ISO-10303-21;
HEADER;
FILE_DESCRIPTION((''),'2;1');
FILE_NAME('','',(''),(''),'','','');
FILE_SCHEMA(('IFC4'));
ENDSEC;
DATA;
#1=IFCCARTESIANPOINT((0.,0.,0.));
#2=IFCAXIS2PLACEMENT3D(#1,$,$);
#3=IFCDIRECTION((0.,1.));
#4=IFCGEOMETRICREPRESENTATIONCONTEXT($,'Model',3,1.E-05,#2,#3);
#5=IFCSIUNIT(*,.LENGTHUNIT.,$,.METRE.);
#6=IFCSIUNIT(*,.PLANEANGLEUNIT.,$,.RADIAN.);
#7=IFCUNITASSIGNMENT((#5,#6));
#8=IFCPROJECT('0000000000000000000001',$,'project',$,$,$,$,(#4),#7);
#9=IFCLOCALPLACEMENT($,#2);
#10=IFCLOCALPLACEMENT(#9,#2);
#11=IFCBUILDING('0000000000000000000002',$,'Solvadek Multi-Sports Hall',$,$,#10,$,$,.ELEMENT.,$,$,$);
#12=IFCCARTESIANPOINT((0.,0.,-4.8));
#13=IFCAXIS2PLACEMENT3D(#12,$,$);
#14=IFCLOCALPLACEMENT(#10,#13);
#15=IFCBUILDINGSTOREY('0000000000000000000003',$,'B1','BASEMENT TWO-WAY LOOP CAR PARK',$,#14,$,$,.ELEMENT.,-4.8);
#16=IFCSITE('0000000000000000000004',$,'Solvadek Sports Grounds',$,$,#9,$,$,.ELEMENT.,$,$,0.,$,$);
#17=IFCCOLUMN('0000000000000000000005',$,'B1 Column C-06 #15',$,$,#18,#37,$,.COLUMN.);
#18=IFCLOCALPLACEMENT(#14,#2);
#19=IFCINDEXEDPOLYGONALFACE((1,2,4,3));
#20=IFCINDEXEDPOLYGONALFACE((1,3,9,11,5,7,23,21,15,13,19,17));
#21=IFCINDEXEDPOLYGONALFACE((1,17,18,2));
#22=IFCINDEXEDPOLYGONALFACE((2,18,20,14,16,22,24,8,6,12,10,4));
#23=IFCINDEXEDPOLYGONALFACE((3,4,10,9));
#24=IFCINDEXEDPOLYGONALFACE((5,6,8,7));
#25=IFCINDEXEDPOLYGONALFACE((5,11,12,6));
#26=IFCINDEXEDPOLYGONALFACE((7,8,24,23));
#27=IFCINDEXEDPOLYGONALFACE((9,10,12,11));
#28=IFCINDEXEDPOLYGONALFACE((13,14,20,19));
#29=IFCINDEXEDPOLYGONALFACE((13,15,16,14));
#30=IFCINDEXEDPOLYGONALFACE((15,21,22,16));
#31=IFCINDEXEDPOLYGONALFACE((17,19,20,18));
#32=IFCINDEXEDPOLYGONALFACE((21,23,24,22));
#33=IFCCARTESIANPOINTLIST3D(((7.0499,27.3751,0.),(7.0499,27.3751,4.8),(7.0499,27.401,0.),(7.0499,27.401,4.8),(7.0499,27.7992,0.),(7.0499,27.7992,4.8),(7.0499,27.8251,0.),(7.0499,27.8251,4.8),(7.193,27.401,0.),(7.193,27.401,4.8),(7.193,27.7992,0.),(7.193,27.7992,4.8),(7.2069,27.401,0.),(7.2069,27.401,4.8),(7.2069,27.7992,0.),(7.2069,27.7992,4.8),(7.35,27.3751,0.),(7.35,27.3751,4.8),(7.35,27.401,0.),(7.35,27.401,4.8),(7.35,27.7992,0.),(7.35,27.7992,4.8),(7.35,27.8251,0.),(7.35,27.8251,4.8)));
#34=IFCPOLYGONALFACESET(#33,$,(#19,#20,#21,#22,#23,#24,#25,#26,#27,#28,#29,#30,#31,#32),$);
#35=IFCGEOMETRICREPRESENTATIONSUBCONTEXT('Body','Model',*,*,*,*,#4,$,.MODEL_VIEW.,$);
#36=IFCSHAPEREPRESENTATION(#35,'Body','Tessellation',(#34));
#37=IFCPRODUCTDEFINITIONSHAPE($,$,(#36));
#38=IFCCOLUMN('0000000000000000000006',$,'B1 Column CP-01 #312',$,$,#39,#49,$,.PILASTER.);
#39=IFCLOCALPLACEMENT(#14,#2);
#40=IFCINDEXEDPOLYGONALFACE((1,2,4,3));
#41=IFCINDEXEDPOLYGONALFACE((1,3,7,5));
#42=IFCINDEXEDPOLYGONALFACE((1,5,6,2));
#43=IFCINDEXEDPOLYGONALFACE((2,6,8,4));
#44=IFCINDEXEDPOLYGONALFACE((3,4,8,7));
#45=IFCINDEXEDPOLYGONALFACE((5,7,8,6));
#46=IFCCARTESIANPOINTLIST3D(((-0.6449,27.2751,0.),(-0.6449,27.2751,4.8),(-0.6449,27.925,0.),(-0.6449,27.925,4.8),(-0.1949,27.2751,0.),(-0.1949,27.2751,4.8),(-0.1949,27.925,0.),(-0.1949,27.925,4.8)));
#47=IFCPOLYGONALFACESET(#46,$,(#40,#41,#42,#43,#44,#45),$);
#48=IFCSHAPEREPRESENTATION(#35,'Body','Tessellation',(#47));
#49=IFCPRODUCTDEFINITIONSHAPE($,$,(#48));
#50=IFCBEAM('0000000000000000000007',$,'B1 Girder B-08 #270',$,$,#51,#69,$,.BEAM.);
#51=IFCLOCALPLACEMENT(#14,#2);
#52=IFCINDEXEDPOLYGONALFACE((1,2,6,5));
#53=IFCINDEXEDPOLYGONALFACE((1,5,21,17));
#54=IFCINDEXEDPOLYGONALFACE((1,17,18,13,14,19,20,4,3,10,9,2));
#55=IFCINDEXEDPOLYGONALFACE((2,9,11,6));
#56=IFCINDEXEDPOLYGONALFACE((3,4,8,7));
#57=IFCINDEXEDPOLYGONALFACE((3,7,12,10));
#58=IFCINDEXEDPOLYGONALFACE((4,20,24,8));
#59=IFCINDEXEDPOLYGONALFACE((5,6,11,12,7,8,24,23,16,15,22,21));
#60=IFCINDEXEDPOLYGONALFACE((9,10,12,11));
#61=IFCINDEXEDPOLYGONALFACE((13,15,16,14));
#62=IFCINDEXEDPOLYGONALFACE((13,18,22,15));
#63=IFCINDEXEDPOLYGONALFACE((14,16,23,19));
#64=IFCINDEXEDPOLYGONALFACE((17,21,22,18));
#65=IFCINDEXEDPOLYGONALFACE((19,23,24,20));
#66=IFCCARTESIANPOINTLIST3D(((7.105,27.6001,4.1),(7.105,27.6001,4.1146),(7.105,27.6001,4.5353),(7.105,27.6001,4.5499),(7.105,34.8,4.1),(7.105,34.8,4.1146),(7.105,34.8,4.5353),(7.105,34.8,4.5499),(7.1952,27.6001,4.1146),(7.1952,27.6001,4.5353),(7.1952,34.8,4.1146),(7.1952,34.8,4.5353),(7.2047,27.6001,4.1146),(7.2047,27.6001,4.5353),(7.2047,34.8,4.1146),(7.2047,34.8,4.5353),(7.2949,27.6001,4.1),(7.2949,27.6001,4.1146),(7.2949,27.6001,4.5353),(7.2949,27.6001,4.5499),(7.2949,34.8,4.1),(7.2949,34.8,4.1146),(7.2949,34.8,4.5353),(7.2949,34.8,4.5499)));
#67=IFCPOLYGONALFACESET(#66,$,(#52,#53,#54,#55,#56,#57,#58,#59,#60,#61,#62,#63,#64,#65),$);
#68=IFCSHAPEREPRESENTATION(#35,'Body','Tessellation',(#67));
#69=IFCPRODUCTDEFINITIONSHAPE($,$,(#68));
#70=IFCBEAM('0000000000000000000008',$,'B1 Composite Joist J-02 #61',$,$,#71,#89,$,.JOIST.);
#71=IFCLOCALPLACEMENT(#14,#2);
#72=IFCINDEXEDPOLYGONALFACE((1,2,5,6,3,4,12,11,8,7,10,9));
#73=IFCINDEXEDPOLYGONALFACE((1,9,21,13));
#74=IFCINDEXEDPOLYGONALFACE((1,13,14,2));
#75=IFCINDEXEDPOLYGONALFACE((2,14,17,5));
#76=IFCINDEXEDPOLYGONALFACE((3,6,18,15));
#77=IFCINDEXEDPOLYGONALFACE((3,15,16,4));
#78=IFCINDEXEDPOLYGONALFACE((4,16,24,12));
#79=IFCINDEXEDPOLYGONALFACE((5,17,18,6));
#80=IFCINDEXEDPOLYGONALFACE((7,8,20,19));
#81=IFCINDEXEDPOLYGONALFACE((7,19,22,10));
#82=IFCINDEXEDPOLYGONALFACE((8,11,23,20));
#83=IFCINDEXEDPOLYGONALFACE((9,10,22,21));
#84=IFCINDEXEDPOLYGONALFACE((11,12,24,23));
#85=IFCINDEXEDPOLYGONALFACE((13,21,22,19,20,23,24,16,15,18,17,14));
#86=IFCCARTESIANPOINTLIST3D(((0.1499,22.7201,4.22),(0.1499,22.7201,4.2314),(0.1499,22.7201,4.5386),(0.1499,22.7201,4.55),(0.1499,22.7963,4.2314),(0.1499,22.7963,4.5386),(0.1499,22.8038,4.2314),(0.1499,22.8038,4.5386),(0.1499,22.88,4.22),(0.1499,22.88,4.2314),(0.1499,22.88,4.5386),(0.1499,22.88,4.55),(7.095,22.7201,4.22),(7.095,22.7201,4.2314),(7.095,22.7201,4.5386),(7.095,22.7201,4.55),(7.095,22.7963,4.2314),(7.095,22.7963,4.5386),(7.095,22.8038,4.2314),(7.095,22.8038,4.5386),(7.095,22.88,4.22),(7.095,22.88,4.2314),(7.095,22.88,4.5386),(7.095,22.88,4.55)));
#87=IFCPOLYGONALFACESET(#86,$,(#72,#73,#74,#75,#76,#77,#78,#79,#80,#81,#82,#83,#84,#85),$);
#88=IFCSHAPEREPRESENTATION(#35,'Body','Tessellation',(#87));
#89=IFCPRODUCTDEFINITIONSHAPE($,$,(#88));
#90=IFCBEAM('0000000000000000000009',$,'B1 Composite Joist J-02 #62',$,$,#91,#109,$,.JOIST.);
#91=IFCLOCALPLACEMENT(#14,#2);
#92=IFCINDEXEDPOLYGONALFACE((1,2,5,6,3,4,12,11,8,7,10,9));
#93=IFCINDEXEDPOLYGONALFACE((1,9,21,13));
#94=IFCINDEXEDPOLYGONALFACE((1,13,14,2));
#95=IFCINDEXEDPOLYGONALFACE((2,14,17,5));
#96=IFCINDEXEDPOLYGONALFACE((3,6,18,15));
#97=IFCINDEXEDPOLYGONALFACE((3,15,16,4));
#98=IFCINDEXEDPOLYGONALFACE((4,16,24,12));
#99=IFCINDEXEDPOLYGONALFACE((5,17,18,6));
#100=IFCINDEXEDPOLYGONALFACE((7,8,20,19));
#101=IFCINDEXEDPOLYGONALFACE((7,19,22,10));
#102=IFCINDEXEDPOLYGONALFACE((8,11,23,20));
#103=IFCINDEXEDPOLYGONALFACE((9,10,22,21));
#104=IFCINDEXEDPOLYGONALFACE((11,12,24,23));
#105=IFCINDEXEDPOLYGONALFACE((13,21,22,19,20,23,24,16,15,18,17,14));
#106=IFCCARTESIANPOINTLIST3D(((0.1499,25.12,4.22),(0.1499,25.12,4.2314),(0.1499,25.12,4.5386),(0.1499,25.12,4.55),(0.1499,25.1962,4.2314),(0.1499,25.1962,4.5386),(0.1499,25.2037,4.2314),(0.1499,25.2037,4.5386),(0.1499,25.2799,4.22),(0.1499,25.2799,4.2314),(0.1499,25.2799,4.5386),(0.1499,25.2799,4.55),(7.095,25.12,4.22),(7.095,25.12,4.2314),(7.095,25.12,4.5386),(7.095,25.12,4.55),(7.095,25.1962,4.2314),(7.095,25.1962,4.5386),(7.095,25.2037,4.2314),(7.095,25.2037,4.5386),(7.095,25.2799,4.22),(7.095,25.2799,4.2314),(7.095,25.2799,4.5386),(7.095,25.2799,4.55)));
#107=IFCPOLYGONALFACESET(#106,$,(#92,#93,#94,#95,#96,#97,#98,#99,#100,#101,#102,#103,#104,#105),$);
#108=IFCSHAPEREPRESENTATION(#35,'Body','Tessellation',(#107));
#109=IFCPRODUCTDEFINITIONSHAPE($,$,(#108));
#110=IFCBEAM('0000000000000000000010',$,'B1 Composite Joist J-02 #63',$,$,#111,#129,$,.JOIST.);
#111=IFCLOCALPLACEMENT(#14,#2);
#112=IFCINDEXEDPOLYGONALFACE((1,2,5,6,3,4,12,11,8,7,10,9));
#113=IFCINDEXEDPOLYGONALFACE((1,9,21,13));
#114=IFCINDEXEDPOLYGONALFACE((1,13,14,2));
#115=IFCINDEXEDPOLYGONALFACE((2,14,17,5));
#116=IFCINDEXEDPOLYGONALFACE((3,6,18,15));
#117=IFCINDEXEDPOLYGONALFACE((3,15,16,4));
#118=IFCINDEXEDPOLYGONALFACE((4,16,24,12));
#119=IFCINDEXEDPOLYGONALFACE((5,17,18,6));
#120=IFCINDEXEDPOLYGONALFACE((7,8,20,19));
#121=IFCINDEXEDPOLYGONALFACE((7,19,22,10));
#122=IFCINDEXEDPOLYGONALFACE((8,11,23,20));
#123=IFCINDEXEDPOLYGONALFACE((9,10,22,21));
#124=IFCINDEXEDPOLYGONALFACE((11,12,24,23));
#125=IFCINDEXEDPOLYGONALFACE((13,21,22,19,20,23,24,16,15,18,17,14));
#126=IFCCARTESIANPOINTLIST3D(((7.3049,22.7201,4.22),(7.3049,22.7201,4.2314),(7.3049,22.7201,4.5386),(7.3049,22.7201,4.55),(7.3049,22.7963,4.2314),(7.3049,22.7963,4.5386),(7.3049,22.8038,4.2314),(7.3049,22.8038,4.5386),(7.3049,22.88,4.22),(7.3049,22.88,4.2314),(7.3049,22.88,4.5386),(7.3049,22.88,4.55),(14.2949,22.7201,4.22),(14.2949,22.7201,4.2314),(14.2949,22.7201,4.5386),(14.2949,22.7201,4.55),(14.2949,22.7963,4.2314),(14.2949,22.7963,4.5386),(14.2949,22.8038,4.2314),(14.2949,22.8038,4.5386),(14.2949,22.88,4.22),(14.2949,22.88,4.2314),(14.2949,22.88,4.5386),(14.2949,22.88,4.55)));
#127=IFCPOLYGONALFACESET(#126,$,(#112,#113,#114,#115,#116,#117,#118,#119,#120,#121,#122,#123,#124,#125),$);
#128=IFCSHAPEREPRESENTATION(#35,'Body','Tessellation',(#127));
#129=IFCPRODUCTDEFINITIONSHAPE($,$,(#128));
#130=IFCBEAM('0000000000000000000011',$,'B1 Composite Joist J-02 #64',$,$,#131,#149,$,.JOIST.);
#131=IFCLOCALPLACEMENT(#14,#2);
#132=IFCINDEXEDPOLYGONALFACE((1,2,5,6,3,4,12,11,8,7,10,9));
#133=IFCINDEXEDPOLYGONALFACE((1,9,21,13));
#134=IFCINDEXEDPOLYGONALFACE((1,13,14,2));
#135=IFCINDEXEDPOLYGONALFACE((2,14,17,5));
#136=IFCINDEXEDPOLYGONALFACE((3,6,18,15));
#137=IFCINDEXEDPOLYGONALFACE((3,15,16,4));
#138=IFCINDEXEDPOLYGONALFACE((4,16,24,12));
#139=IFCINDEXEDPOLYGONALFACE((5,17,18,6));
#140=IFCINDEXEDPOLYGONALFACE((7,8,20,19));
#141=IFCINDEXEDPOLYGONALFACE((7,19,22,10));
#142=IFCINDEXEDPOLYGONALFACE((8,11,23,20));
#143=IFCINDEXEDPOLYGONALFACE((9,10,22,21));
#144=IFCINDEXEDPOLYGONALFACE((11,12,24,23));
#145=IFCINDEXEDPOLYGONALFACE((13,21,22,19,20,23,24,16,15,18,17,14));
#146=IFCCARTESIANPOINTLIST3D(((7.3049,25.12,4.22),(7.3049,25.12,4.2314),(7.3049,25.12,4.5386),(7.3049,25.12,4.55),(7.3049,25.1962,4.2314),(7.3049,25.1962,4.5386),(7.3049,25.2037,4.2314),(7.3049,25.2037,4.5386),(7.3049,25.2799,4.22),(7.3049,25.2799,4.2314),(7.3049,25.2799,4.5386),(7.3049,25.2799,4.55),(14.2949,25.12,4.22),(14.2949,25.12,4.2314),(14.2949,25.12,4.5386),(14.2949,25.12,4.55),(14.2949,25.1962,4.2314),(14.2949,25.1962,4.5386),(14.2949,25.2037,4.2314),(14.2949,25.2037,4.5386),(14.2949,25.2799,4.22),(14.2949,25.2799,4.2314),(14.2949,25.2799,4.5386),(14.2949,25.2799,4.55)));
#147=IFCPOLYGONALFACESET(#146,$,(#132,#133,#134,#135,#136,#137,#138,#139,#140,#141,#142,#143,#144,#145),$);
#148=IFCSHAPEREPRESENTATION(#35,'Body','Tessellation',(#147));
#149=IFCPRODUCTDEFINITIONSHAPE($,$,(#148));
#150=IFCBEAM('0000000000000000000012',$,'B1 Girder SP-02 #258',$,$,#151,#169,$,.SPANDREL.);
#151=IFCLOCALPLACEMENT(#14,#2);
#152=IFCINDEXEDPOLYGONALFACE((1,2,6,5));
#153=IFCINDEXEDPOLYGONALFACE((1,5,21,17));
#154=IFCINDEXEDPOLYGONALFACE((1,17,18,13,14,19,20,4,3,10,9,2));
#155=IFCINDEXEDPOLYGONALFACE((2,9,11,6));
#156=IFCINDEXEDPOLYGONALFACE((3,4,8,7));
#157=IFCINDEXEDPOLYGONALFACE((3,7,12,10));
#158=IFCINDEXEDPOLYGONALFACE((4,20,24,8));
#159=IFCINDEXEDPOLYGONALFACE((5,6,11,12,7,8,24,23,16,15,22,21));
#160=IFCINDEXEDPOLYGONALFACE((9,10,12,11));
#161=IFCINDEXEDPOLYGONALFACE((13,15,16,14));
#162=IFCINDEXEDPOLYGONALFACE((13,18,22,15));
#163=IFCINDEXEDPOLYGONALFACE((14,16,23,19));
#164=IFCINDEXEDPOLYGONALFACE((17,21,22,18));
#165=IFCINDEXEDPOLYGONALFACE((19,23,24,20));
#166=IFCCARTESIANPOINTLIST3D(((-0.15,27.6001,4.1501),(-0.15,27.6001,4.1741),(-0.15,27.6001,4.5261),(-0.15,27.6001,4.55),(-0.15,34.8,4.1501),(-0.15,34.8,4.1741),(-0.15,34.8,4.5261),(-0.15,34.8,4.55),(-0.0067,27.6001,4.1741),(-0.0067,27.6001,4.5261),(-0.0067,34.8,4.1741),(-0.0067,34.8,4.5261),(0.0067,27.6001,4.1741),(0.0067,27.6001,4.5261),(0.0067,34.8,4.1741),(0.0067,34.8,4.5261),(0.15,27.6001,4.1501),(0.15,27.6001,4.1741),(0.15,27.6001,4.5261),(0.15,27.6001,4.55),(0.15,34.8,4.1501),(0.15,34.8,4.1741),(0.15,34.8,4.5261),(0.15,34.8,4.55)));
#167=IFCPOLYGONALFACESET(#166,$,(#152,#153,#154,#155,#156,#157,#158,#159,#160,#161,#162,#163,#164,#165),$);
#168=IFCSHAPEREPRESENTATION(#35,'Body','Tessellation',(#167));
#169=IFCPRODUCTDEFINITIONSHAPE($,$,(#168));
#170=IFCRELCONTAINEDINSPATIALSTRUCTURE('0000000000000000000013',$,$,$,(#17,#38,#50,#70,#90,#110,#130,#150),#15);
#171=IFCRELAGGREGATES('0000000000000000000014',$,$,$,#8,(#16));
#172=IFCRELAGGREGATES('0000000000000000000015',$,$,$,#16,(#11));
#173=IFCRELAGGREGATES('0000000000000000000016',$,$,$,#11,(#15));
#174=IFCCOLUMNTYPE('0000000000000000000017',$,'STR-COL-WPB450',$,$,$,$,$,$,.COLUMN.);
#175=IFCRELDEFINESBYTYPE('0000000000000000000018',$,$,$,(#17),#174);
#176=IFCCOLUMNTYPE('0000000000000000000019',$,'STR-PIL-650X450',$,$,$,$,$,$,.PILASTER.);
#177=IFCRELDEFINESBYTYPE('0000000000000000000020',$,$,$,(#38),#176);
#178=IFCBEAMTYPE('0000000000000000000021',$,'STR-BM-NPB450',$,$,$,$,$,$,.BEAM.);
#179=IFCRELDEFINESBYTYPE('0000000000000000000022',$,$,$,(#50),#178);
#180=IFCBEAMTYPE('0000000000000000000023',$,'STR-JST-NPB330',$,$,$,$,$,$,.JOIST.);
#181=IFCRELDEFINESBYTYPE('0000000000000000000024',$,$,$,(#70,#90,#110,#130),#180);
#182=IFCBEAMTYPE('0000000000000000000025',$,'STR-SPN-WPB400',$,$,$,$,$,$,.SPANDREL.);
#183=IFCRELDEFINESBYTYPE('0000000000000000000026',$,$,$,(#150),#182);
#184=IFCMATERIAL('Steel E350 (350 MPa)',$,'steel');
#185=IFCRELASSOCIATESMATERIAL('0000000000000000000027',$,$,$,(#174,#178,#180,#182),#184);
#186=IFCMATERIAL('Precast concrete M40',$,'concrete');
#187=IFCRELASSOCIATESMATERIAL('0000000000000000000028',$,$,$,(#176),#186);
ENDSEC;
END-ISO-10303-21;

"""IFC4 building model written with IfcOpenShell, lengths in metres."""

from ifc_helpers import new_model, si_unit, direction, frame, origin, origin_2d, place, context, subcontext, project, spatial, rectangle, i_section, extrude, material, material_profile, profile_set, type_object, element, save


model = new_model("IFC4")

# Units and contexts
model_context = context("Model", 3, precision=1e-05, world=origin(), true_north=direction((0.0, 1.0)))
body_context = subcontext(model_context, "Body", "Model", "MODEL_VIEW")
ifc_project = project(units=[si_unit("LENGTHUNIT", "METRE"), si_unit("PLANEANGLEUNIT", "RADIAN")], contexts=[model_context])

# Site, building, storey
site_placement = place(None, origin())
site = spatial("IfcSite", under=ifc_project, at=site_placement, Name="Solvadek Sports Grounds", CompositionType="ELEMENT", RefElevation=0.0)
building_placement = place(site_placement, origin())
building = spatial("IfcBuilding", under=site, at=building_placement, Name="Solvadek Multi-Sports Hall", CompositionType="ELEMENT")
storey_placement = place(building_placement, frame((0.0, 0.0, -4.8)))
storey = spatial("IfcBuildingStorey", under=building, at=storey_placement, Name="B1", Description="BASEMENT TWO-WAY LOOP CAR PARK", CompositionType="ELEMENT", Elevation=-4.8)

# Columns
ifc_material_1 = material(Name="Steel E350 (350 MPa)", Category="steel")
ifc_material_profile_1 = material_profile(ifc_material_1, i_section(OverallWidth=0.3, OverallDepth=0.45, WebThickness=0.0139, FlangeThickness=0.0259, at=origin_2d()), Name="WPB 450")
ifc_profile_set_1 = profile_set([ifc_material_profile_1], Name="Steel E350 (350 MPa)")
column_type_1 = type_object("IfcColumnType", Name="STR-COL-WPB450", PredefinedType="COLUMN", material=ifc_profile_set_1)
for number, where, z_axis, x_axis, name in (
    (1, (7.2, 27.6001, 0.0), (0.0, 0.0, 1.0), (1.0, 0.0, 0.0), "B1 Column C-06 #15"),
):
    element("IfcColumn", number, at=place(storey_placement, frame(where, z_axis=z_axis, x_axis=x_axis)), inside=storey, type_object=column_type_1, Name=name, PredefinedType="COLUMN", context=body_context, shape_type="SweptSolid", body=[
        extrude(i_section(OverallWidth=0.3, OverallDepth=0.45, WebThickness=0.0139, FlangeThickness=0.0259, at=origin_2d()), origin(), (0.0, 0.0, 1.0), 4.8),
    ])
ifc_material_2 = material(Name="Precast concrete M40", Category="concrete")
ifc_material_profile_2 = material_profile(ifc_material_2, rectangle(XDim=0.45, YDim=0.6499, at=origin_2d()), Name="RC PILASTER 650x450")
ifc_profile_set_2 = profile_set([ifc_material_profile_2], Name="Precast concrete M40")
column_type_2 = type_object("IfcColumnType", Name="STR-PIL-650X450", PredefinedType="PILASTER", material=ifc_profile_set_2)
column_placement = place(storey_placement, frame((-0.4199, 27.6001, 0.0), z_axis=(0.0, 0.0, 1.0), x_axis=(1.0, 0.0, 0.0)))
element("IfcColumn", 2, at=column_placement, inside=storey, type_object=column_type_2, Name="B1 Column CP-01 #312", PredefinedType="PILASTER", context=body_context, shape_type="SweptSolid", body=[
    extrude(rectangle(XDim=0.45, YDim=0.6499, at=origin_2d()), origin(), (0.0, 0.0, 1.0), 4.8),
])

# Beams
ifc_material_profile_3 = material_profile(ifc_material_1, i_section(OverallWidth=0.1899, OverallDepth=0.45, WebThickness=0.0095, FlangeThickness=0.0146, at=origin_2d()), Name="NPB 450")
ifc_profile_set_3 = profile_set([ifc_material_profile_3], Name="Steel E350 (350 MPa)")
beam_type_1 = type_object("IfcBeamType", Name="STR-BM-NPB450", PredefinedType="BEAM", material=ifc_profile_set_3)
beam_1_placement = place(storey_placement, frame((7.2, 27.6001, 4.325), z_axis=(0.0, 1.0, 0.0), x_axis=(-1.0, 0.0, 0.0)))
element("IfcBeam", 3, at=beam_1_placement, inside=storey, type_object=beam_type_1, Name="B1 Girder B-08 #270", PredefinedType="BEAM", context=body_context, shape_type="SweptSolid", body=[
    extrude(i_section(OverallWidth=0.1899, OverallDepth=0.45, WebThickness=0.0095, FlangeThickness=0.0146, at=origin_2d()), origin(), (0.0, 0.0, 1.0), 7.2),
])
ifc_material_profile_4 = material_profile(ifc_material_1, i_section(OverallWidth=0.1599, OverallDepth=0.3301, WebThickness=0.0076, FlangeThickness=0.0115, at=origin_2d()), Name="NPB 330")
ifc_profile_set_4 = profile_set([ifc_material_profile_4], Name="Steel E350 (350 MPa)")
beam_type_2 = type_object("IfcBeamType", Name="STR-JST-NPB330", PredefinedType="JOIST", material=ifc_profile_set_4)
for number, where, z_axis, x_axis, name in (
    (4, (0.1499, 22.8, 4.385), (1.0, 0.0, 0.0), (0.0, 1.0, 0.0), "B1 Composite Joist J-02 #61"),
    (5, (0.1499, 25.2, 4.385), (1.0, 0.0, 0.0), (0.0, 1.0, 0.0), "B1 Composite Joist J-02 #62"),
):
    element("IfcBeam", number, at=place(storey_placement, frame(where, z_axis=z_axis, x_axis=x_axis)), inside=storey, type_object=beam_type_2, Name=name, PredefinedType="JOIST", context=body_context, shape_type="SweptSolid", body=[
        extrude(i_section(OverallWidth=0.1599, OverallDepth=0.3301, WebThickness=0.0076, FlangeThickness=0.0115, at=origin_2d()), origin(), (0.0, 0.0, 1.0), 6.9451),
    ])
for number, where, z_axis, x_axis, name in (
    (6, (7.3049, 22.8, 4.385), (1.0, 0.0, 0.0), (0.0, 1.0, 0.0), "B1 Composite Joist J-02 #63"),
    (7, (7.3049, 25.2, 4.385), (1.0, 0.0, 0.0), (0.0, 1.0, 0.0), "B1 Composite Joist J-02 #64"),
):
    element("IfcBeam", number, at=place(storey_placement, frame(where, z_axis=z_axis, x_axis=x_axis)), inside=storey, type_object=beam_type_2, Name=name, PredefinedType="JOIST", context=body_context, shape_type="SweptSolid", body=[
        extrude(i_section(OverallWidth=0.1599, OverallDepth=0.3301, WebThickness=0.0076, FlangeThickness=0.0115, at=origin_2d()), origin(), (0.0, 0.0, 1.0), 6.99),
    ])
ifc_material_profile_5 = material_profile(ifc_material_1, i_section(OverallWidth=0.3, OverallDepth=0.3999, WebThickness=0.0134, FlangeThickness=0.0239, at=origin_2d()), Name="WPB 400")
ifc_profile_set_5 = profile_set([ifc_material_profile_5], Name="Steel E350 (350 MPa)")
beam_type_3 = type_object("IfcBeamType", Name="STR-SPN-WPB400", PredefinedType="SPANDREL", material=ifc_profile_set_5)
beam_2_placement = place(storey_placement, frame((0.0, 27.6001, 4.3501), z_axis=(0.0, 1.0, 0.0), x_axis=(-1.0, 0.0, 0.0)))
element("IfcBeam", 8, at=beam_2_placement, inside=storey, type_object=beam_type_3, Name="B1 Girder SP-02 #258", PredefinedType="SPANDREL", context=body_context, shape_type="SweptSolid", body=[
    extrude(i_section(OverallWidth=0.3, OverallDepth=0.3999, WebThickness=0.0134, FlangeThickness=0.0239, at=origin_2d()), origin(), (0.0, 0.0, 1.0), 7.2),
])

save(model, "model.ifc")
